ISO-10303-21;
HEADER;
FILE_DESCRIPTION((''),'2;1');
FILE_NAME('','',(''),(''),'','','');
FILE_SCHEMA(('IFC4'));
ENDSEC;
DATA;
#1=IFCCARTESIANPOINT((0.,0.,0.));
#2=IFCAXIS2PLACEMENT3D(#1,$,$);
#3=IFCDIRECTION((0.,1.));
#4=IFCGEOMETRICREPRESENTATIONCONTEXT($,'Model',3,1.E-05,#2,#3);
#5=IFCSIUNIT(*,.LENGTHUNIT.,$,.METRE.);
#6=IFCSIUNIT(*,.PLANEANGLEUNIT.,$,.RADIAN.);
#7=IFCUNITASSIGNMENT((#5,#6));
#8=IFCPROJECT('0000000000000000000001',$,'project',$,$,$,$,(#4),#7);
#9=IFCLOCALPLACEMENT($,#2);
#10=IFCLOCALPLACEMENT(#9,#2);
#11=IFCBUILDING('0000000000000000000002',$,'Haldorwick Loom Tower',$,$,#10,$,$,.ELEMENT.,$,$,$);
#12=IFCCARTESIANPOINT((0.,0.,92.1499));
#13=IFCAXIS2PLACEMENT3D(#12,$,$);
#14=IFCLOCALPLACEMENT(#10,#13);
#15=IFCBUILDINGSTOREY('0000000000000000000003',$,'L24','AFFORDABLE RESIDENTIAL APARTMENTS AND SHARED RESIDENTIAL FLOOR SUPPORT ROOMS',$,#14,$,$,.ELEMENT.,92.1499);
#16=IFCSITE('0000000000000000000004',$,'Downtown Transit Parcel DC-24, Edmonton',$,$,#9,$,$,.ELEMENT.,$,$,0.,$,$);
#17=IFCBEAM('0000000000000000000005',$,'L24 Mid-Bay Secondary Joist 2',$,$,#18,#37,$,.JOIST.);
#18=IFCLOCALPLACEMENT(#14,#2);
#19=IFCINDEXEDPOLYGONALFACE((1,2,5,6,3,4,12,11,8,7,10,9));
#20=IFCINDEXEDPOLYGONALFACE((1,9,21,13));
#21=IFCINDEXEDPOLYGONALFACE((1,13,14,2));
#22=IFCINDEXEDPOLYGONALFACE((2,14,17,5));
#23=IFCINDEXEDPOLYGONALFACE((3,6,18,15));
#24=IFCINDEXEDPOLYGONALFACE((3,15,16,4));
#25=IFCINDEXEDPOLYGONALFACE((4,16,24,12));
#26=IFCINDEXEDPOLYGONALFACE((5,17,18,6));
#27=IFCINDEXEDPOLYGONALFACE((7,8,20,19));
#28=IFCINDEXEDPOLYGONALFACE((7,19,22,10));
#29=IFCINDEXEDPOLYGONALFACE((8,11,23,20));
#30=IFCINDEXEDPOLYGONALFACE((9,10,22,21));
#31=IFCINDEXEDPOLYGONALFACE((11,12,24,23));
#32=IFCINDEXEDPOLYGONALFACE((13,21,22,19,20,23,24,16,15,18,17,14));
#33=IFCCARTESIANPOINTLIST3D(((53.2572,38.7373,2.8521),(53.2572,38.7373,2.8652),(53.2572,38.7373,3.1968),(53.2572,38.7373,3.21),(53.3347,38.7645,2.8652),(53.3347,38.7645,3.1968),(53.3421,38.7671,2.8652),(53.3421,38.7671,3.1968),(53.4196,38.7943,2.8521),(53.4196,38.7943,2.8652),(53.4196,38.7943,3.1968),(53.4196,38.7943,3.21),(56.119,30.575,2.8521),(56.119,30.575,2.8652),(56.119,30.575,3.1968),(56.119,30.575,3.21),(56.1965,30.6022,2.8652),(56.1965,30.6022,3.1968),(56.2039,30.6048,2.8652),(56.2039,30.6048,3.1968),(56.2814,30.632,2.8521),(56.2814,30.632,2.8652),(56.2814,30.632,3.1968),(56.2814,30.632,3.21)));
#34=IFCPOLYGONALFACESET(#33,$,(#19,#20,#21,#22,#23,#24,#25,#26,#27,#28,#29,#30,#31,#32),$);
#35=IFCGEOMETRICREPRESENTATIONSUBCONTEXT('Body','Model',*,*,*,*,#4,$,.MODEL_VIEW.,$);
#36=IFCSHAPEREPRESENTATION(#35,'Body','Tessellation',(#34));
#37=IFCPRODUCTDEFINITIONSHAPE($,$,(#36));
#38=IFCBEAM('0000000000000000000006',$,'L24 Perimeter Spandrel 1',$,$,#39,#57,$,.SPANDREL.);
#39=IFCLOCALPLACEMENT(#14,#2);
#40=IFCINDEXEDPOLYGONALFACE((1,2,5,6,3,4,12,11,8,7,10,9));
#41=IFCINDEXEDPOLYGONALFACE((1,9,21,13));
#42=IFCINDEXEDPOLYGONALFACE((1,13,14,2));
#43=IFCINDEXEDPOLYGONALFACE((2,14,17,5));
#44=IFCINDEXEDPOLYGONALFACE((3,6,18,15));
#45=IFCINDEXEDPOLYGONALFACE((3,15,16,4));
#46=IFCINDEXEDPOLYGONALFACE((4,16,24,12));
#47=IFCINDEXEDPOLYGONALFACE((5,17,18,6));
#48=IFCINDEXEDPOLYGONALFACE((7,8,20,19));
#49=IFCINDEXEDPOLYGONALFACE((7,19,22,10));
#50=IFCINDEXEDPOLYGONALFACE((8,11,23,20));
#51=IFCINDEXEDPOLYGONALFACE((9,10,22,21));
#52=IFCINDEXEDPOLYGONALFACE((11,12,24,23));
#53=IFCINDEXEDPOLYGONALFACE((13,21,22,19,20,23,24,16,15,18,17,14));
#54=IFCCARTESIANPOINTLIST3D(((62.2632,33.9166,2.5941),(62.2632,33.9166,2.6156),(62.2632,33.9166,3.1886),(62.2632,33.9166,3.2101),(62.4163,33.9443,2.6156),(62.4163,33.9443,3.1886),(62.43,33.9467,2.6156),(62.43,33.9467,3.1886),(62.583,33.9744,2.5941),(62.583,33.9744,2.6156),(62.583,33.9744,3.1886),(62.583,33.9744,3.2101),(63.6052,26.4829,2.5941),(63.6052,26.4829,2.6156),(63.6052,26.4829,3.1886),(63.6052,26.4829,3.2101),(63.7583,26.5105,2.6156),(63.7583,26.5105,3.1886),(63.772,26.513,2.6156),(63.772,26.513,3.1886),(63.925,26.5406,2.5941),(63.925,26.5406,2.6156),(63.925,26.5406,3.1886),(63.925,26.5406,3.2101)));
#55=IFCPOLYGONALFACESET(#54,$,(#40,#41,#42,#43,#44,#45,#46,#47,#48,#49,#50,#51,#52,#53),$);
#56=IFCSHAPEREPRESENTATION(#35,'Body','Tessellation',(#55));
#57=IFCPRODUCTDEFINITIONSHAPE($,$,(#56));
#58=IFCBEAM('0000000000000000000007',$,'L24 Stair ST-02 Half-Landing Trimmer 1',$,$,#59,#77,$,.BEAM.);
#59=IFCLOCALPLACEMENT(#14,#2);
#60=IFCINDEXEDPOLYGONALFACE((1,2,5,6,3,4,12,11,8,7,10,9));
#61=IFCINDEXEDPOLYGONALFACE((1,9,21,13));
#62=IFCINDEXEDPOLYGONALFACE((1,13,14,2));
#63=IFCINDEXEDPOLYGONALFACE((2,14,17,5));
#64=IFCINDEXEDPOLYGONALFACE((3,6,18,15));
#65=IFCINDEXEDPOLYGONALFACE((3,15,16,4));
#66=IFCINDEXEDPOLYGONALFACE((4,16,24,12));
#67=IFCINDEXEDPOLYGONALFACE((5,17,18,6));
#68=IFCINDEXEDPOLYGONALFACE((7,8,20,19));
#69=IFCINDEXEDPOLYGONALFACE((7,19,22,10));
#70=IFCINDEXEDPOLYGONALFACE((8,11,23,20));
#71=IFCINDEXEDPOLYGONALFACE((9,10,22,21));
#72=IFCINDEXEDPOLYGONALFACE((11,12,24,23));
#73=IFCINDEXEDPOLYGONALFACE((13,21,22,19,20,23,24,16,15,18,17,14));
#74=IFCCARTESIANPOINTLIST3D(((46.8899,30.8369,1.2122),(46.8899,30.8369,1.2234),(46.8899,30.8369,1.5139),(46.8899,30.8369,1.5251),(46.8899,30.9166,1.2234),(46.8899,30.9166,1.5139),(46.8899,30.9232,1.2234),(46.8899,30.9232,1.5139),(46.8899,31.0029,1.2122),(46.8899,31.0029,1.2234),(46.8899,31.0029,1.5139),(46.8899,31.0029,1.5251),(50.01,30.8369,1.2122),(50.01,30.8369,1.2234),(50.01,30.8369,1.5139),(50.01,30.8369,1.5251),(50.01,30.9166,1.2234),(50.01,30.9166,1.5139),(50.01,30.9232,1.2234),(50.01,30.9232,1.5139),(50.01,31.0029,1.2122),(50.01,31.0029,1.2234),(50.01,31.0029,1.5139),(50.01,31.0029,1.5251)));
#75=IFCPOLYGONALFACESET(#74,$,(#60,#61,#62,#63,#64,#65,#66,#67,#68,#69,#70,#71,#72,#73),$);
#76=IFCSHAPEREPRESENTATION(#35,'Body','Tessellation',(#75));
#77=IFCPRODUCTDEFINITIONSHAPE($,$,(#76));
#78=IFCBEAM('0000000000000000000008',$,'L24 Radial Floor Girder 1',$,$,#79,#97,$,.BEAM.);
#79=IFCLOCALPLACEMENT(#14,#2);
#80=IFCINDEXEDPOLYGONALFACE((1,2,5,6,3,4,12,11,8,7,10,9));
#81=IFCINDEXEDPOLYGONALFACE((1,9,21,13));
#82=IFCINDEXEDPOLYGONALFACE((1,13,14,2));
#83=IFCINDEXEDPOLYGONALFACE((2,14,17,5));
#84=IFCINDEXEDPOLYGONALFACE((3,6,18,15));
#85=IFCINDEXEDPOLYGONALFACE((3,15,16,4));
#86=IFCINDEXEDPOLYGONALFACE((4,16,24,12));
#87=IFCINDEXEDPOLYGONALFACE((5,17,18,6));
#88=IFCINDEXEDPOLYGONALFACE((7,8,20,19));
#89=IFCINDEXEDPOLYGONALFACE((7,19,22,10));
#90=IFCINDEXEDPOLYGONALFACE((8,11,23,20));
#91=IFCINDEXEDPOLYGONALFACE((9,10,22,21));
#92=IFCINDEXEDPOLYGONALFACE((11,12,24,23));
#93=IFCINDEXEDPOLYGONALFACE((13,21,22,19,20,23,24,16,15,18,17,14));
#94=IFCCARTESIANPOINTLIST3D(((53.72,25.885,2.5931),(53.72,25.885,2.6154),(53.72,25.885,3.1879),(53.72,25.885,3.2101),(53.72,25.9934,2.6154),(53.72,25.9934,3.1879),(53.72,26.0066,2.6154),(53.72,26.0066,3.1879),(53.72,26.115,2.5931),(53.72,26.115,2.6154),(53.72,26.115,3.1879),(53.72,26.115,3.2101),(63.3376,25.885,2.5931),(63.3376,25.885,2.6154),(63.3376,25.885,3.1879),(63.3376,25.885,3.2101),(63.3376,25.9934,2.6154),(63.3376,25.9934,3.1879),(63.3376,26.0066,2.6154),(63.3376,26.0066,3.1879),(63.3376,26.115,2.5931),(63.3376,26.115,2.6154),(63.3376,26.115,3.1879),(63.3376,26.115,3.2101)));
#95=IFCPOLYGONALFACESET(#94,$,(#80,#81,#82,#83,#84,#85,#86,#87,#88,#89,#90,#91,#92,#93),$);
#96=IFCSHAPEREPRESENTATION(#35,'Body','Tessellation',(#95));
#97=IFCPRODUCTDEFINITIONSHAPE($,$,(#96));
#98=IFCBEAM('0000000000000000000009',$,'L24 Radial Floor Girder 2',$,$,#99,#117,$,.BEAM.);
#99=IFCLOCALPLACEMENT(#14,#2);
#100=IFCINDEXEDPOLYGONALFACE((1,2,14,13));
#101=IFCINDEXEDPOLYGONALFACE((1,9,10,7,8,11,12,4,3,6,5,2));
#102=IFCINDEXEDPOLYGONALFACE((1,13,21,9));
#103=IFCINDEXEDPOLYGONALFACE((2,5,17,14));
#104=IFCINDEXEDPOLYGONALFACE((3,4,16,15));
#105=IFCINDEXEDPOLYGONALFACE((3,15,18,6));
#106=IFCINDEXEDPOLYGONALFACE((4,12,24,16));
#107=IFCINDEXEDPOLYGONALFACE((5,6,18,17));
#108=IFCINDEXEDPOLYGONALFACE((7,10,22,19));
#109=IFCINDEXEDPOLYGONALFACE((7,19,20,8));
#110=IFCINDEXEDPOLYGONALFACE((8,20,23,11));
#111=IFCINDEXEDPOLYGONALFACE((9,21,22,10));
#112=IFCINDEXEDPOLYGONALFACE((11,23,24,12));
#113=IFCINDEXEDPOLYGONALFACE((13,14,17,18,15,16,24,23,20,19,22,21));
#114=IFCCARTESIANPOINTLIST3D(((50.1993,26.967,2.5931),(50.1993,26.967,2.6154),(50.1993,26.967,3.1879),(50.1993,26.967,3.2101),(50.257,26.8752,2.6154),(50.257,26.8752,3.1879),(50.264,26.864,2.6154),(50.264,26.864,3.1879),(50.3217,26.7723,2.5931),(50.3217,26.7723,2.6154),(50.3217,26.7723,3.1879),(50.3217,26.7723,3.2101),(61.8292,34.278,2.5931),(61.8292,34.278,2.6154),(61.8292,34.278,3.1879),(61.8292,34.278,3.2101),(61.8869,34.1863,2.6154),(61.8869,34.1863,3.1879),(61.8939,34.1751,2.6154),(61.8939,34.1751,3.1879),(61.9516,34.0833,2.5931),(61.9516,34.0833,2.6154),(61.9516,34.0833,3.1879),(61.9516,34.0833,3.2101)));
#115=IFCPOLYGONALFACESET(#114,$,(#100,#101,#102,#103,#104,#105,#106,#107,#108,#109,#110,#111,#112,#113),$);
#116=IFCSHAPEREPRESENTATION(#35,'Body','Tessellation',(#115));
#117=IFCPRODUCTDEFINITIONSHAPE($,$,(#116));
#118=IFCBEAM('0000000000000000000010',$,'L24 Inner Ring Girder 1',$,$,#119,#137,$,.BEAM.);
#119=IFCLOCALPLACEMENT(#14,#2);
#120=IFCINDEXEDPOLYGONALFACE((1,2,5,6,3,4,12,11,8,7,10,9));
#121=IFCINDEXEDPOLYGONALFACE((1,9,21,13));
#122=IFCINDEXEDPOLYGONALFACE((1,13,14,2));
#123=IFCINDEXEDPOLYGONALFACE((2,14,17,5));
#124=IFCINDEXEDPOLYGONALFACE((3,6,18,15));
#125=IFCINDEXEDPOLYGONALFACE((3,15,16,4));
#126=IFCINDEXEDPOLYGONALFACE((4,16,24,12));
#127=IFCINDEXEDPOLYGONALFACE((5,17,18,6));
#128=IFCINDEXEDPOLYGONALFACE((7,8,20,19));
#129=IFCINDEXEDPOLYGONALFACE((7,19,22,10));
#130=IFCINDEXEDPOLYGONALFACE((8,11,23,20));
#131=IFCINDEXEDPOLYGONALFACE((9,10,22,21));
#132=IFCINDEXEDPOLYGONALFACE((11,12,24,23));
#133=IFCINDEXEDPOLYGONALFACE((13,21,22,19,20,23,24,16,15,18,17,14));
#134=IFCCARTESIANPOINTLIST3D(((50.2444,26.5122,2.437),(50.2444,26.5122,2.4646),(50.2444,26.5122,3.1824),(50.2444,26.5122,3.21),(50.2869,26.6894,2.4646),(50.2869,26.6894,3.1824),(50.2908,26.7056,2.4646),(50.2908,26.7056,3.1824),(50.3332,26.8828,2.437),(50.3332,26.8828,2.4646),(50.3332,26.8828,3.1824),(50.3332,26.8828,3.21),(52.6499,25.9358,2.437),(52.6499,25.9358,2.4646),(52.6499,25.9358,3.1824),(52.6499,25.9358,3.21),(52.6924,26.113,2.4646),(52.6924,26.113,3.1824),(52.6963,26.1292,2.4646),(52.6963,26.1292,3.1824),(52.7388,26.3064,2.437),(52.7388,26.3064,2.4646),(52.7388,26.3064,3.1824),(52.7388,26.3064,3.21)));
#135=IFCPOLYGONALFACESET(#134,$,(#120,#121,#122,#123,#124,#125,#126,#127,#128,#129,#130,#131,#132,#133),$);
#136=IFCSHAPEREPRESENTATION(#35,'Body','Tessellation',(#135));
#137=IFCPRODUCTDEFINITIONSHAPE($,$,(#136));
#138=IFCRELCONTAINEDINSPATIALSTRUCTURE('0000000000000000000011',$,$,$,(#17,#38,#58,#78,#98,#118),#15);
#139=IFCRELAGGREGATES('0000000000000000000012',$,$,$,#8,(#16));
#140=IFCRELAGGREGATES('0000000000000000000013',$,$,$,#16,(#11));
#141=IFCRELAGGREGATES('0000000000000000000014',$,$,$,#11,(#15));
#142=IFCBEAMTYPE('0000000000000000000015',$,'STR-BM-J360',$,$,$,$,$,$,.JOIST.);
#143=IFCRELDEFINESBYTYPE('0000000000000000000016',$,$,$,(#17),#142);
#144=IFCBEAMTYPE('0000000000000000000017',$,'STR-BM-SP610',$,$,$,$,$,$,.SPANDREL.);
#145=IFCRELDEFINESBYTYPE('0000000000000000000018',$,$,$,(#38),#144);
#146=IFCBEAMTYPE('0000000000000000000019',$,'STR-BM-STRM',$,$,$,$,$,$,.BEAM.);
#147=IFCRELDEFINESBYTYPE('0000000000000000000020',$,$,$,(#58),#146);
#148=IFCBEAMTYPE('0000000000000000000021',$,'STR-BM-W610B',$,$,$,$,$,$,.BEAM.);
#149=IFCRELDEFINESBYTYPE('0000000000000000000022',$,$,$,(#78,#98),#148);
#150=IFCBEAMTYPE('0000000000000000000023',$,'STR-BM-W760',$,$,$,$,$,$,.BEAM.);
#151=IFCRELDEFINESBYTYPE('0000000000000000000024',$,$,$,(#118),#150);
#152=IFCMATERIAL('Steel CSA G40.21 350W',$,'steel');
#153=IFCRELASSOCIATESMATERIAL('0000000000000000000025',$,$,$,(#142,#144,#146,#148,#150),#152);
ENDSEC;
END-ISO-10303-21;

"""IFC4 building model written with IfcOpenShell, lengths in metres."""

from ifc_helpers import new_model, si_unit, direction, frame, origin, origin_2d, place, context, subcontext, project, spatial, i_section, extrude, material, material_profile, profile_set, type_object, element, save


model = new_model("IFC4")

# Units and contexts
model_context = context("Model", 3, precision=1e-05, world=origin(), true_north=direction((0.0, 1.0)))
body_context = subcontext(model_context, "Body", "Model", "MODEL_VIEW")
ifc_project = project(units=[si_unit("LENGTHUNIT", "METRE"), si_unit("PLANEANGLEUNIT", "RADIAN")], contexts=[model_context])

# Site, building, storey
site_placement = place(None, origin())
site = spatial("IfcSite", under=ifc_project, at=site_placement, Name="Downtown Transit Parcel DC-24, Edmonton", CompositionType="ELEMENT", RefElevation=0.0)
building_placement = place(site_placement, origin())
building = spatial("IfcBuilding", under=site, at=building_placement, Name="Haldorwick Loom Tower", CompositionType="ELEMENT")
storey_placement = place(building_placement, frame((0.0, 0.0, 92.1499)))
storey = spatial("IfcBuildingStorey", under=building, at=storey_placement, Name="L24", Description="AFFORDABLE RESIDENTIAL APARTMENTS AND SHARED RESIDENTIAL FLOOR SUPPORT ROOMS", CompositionType="ELEMENT", Elevation=92.1499)

# Beams
ifc_material_1 = material(Name="Steel CSA G40.21 350W", Category="steel")
ifc_material_profile_1 = material_profile(ifc_material_1, i_section(OverallWidth=0.1721, OverallDepth=0.3579, WebThickness=0.0078, FlangeThickness=0.0132, at=origin_2d()), Name="W360X57", Category="steel")
ifc_profile_set_1 = profile_set([ifc_material_profile_1], Name="Steel CSA G40.21 350W")
beam_type_1 = type_object("IfcBeamType", Name="STR-BM-J360", PredefinedType="JOIST", material=ifc_profile_set_1)
beam_1_placement = place(storey_placement, frame((56.2002, 30.6035, 3.031), z_axis=(-0.330865, 0.943678, 0.0), x_axis=(-0.943678, -0.330865, 0.0)))
element("IfcBeam", 1, at=beam_1_placement, inside=storey, type_object=beam_type_1, Name="L24 Mid-Bay Secondary Joist 2", PredefinedType="JOIST", context=body_context, shape_type="SweptSolid", body=[
    extrude(i_section(OverallWidth=0.1721, OverallDepth=0.3579, WebThickness=0.0078, FlangeThickness=0.0132, at=origin_2d()), origin(), (0.0, 0.0, 1.0), 8.6494),
])
ifc_material_profile_2 = material_profile(ifc_material_1, i_section(OverallWidth=0.325, OverallDepth=0.616, WebThickness=0.0139, FlangeThickness=0.0215, at=origin_2d()), Name="W610X174", Category="steel")
ifc_profile_set_2 = profile_set([ifc_material_profile_2], Name="Steel CSA G40.21 350W")
beam_type_2 = type_object("IfcBeamType", Name="STR-BM-SP610", PredefinedType="SPANDREL", material=ifc_profile_set_2)
beam_2_placement = place(storey_placement, frame((63.7651, 26.5117, 2.9021), z_axis=(-0.177659, 0.984092, 0.0), x_axis=(-0.984092, -0.177659, 0.0)))
element("IfcBeam", 2, at=beam_2_placement, inside=storey, type_object=beam_type_2, Name="L24 Perimeter Spandrel 1", PredefinedType="SPANDREL", context=body_context, shape_type="SweptSolid", body=[
    extrude(i_section(OverallWidth=0.325, OverallDepth=0.616, WebThickness=0.0139, FlangeThickness=0.0215, at=origin_2d()), origin(), (0.0, 0.0, 1.0), 7.554),
])
ifc_material_profile_3 = material_profile(ifc_material_1, i_section(OverallWidth=0.166, OverallDepth=0.313, WebThickness=0.0066, FlangeThickness=0.0112, at=origin_2d()), Name="W310X45", Category="steel")
ifc_profile_set_3 = profile_set([ifc_material_profile_3], Name="Steel CSA G40.21 350W")
beam_type_3 = type_object("IfcBeamType", Name="STR-BM-STRM", PredefinedType="BEAM", material=ifc_profile_set_3)
beam_3_placement = place(storey_placement, frame((46.8899, 30.9199, 1.3687), z_axis=(1.0, 0.0, 0.0), x_axis=(0.0, 1.0, 0.0)))
element("IfcBeam", 3, at=beam_3_placement, inside=storey, type_object=beam_type_3, Name="L24 Stair ST-02 Half-Landing Trimmer 1", PredefinedType="BEAM", context=body_context, shape_type="SweptSolid", body=[
    extrude(i_section(OverallWidth=0.166, OverallDepth=0.313, WebThickness=0.0066, FlangeThickness=0.0112, at=origin_2d()), origin(), (0.0, 0.0, 1.0), 3.1201),
])
ifc_material_profile_4 = material_profile(ifc_material_1, i_section(OverallWidth=0.23, OverallDepth=0.6169, WebThickness=0.0132, FlangeThickness=0.0222, at=origin_2d()), Name="W610X140", Category="steel")
ifc_profile_set_4 = profile_set([ifc_material_profile_4], Name="Steel CSA G40.21 350W")
beam_type_4 = type_object("IfcBeamType", Name="STR-BM-W610B", PredefinedType="BEAM", material=ifc_profile_set_4)
beam_4_placement = place(storey_placement, frame((53.72, 26.0, 2.9016), z_axis=(1.0, 0.0, 0.0), x_axis=(0.0, 1.0, 0.0)))
element("IfcBeam", 4, at=beam_4_placement, inside=storey, type_object=beam_type_4, Name="L24 Radial Floor Girder 1", PredefinedType="BEAM", context=body_context, shape_type="SweptSolid", body=[
    extrude(i_section(OverallWidth=0.23, OverallDepth=0.6169, WebThickness=0.0132, FlangeThickness=0.0222, at=origin_2d()), origin(), (0.0, 0.0, 1.0), 9.6177),
])
beam_5_placement = place(storey_placement, frame((50.2605, 26.8696, 2.9016), z_axis=(0.84661, 0.532214, 0.0), x_axis=(-0.532214, 0.84661, 0.0)))
element("IfcBeam", 5, at=beam_5_placement, inside=storey, type_object=beam_type_4, Name="L24 Radial Floor Girder 2", PredefinedType="BEAM", context=body_context, shape_type="SweptSolid", body=[
    extrude(i_section(OverallWidth=0.23, OverallDepth=0.6169, WebThickness=0.0132, FlangeThickness=0.0222, at=origin_2d()), origin(), (0.0, 0.0, 1.0), 13.7371),
])
ifc_material_profile_5 = material_profile(ifc_material_1, i_section(OverallWidth=0.3811, OverallDepth=0.7729, WebThickness=0.0166, FlangeThickness=0.0276, at=origin_2d()), Name="W760X257", Category="steel")
ifc_profile_set_5 = profile_set([ifc_material_profile_5], Name="Steel CSA G40.21 350W")
beam_type_5 = type_object("IfcBeamType", Name="STR-BM-W760", PredefinedType="BEAM", material=ifc_profile_set_5)
beam_6_placement = place(storey_placement, frame((50.2888, 26.6975, 2.8235), z_axis=(0.972471, -0.233026, 0.0), x_axis=(0.233026, 0.972471, 0.0)))
element("IfcBeam", 6, at=beam_6_placement, inside=storey, type_object=beam_type_5, Name="L24 Inner Ring Girder 1", PredefinedType="BEAM", context=body_context, shape_type="SweptSolid", body=[
    extrude(i_section(OverallWidth=0.3811, OverallDepth=0.7729, WebThickness=0.0166, FlangeThickness=0.0276, at=origin_2d()), origin(), (0.0, 0.0, 1.0), 2.4736),
])

save(model, "model.ifc")
